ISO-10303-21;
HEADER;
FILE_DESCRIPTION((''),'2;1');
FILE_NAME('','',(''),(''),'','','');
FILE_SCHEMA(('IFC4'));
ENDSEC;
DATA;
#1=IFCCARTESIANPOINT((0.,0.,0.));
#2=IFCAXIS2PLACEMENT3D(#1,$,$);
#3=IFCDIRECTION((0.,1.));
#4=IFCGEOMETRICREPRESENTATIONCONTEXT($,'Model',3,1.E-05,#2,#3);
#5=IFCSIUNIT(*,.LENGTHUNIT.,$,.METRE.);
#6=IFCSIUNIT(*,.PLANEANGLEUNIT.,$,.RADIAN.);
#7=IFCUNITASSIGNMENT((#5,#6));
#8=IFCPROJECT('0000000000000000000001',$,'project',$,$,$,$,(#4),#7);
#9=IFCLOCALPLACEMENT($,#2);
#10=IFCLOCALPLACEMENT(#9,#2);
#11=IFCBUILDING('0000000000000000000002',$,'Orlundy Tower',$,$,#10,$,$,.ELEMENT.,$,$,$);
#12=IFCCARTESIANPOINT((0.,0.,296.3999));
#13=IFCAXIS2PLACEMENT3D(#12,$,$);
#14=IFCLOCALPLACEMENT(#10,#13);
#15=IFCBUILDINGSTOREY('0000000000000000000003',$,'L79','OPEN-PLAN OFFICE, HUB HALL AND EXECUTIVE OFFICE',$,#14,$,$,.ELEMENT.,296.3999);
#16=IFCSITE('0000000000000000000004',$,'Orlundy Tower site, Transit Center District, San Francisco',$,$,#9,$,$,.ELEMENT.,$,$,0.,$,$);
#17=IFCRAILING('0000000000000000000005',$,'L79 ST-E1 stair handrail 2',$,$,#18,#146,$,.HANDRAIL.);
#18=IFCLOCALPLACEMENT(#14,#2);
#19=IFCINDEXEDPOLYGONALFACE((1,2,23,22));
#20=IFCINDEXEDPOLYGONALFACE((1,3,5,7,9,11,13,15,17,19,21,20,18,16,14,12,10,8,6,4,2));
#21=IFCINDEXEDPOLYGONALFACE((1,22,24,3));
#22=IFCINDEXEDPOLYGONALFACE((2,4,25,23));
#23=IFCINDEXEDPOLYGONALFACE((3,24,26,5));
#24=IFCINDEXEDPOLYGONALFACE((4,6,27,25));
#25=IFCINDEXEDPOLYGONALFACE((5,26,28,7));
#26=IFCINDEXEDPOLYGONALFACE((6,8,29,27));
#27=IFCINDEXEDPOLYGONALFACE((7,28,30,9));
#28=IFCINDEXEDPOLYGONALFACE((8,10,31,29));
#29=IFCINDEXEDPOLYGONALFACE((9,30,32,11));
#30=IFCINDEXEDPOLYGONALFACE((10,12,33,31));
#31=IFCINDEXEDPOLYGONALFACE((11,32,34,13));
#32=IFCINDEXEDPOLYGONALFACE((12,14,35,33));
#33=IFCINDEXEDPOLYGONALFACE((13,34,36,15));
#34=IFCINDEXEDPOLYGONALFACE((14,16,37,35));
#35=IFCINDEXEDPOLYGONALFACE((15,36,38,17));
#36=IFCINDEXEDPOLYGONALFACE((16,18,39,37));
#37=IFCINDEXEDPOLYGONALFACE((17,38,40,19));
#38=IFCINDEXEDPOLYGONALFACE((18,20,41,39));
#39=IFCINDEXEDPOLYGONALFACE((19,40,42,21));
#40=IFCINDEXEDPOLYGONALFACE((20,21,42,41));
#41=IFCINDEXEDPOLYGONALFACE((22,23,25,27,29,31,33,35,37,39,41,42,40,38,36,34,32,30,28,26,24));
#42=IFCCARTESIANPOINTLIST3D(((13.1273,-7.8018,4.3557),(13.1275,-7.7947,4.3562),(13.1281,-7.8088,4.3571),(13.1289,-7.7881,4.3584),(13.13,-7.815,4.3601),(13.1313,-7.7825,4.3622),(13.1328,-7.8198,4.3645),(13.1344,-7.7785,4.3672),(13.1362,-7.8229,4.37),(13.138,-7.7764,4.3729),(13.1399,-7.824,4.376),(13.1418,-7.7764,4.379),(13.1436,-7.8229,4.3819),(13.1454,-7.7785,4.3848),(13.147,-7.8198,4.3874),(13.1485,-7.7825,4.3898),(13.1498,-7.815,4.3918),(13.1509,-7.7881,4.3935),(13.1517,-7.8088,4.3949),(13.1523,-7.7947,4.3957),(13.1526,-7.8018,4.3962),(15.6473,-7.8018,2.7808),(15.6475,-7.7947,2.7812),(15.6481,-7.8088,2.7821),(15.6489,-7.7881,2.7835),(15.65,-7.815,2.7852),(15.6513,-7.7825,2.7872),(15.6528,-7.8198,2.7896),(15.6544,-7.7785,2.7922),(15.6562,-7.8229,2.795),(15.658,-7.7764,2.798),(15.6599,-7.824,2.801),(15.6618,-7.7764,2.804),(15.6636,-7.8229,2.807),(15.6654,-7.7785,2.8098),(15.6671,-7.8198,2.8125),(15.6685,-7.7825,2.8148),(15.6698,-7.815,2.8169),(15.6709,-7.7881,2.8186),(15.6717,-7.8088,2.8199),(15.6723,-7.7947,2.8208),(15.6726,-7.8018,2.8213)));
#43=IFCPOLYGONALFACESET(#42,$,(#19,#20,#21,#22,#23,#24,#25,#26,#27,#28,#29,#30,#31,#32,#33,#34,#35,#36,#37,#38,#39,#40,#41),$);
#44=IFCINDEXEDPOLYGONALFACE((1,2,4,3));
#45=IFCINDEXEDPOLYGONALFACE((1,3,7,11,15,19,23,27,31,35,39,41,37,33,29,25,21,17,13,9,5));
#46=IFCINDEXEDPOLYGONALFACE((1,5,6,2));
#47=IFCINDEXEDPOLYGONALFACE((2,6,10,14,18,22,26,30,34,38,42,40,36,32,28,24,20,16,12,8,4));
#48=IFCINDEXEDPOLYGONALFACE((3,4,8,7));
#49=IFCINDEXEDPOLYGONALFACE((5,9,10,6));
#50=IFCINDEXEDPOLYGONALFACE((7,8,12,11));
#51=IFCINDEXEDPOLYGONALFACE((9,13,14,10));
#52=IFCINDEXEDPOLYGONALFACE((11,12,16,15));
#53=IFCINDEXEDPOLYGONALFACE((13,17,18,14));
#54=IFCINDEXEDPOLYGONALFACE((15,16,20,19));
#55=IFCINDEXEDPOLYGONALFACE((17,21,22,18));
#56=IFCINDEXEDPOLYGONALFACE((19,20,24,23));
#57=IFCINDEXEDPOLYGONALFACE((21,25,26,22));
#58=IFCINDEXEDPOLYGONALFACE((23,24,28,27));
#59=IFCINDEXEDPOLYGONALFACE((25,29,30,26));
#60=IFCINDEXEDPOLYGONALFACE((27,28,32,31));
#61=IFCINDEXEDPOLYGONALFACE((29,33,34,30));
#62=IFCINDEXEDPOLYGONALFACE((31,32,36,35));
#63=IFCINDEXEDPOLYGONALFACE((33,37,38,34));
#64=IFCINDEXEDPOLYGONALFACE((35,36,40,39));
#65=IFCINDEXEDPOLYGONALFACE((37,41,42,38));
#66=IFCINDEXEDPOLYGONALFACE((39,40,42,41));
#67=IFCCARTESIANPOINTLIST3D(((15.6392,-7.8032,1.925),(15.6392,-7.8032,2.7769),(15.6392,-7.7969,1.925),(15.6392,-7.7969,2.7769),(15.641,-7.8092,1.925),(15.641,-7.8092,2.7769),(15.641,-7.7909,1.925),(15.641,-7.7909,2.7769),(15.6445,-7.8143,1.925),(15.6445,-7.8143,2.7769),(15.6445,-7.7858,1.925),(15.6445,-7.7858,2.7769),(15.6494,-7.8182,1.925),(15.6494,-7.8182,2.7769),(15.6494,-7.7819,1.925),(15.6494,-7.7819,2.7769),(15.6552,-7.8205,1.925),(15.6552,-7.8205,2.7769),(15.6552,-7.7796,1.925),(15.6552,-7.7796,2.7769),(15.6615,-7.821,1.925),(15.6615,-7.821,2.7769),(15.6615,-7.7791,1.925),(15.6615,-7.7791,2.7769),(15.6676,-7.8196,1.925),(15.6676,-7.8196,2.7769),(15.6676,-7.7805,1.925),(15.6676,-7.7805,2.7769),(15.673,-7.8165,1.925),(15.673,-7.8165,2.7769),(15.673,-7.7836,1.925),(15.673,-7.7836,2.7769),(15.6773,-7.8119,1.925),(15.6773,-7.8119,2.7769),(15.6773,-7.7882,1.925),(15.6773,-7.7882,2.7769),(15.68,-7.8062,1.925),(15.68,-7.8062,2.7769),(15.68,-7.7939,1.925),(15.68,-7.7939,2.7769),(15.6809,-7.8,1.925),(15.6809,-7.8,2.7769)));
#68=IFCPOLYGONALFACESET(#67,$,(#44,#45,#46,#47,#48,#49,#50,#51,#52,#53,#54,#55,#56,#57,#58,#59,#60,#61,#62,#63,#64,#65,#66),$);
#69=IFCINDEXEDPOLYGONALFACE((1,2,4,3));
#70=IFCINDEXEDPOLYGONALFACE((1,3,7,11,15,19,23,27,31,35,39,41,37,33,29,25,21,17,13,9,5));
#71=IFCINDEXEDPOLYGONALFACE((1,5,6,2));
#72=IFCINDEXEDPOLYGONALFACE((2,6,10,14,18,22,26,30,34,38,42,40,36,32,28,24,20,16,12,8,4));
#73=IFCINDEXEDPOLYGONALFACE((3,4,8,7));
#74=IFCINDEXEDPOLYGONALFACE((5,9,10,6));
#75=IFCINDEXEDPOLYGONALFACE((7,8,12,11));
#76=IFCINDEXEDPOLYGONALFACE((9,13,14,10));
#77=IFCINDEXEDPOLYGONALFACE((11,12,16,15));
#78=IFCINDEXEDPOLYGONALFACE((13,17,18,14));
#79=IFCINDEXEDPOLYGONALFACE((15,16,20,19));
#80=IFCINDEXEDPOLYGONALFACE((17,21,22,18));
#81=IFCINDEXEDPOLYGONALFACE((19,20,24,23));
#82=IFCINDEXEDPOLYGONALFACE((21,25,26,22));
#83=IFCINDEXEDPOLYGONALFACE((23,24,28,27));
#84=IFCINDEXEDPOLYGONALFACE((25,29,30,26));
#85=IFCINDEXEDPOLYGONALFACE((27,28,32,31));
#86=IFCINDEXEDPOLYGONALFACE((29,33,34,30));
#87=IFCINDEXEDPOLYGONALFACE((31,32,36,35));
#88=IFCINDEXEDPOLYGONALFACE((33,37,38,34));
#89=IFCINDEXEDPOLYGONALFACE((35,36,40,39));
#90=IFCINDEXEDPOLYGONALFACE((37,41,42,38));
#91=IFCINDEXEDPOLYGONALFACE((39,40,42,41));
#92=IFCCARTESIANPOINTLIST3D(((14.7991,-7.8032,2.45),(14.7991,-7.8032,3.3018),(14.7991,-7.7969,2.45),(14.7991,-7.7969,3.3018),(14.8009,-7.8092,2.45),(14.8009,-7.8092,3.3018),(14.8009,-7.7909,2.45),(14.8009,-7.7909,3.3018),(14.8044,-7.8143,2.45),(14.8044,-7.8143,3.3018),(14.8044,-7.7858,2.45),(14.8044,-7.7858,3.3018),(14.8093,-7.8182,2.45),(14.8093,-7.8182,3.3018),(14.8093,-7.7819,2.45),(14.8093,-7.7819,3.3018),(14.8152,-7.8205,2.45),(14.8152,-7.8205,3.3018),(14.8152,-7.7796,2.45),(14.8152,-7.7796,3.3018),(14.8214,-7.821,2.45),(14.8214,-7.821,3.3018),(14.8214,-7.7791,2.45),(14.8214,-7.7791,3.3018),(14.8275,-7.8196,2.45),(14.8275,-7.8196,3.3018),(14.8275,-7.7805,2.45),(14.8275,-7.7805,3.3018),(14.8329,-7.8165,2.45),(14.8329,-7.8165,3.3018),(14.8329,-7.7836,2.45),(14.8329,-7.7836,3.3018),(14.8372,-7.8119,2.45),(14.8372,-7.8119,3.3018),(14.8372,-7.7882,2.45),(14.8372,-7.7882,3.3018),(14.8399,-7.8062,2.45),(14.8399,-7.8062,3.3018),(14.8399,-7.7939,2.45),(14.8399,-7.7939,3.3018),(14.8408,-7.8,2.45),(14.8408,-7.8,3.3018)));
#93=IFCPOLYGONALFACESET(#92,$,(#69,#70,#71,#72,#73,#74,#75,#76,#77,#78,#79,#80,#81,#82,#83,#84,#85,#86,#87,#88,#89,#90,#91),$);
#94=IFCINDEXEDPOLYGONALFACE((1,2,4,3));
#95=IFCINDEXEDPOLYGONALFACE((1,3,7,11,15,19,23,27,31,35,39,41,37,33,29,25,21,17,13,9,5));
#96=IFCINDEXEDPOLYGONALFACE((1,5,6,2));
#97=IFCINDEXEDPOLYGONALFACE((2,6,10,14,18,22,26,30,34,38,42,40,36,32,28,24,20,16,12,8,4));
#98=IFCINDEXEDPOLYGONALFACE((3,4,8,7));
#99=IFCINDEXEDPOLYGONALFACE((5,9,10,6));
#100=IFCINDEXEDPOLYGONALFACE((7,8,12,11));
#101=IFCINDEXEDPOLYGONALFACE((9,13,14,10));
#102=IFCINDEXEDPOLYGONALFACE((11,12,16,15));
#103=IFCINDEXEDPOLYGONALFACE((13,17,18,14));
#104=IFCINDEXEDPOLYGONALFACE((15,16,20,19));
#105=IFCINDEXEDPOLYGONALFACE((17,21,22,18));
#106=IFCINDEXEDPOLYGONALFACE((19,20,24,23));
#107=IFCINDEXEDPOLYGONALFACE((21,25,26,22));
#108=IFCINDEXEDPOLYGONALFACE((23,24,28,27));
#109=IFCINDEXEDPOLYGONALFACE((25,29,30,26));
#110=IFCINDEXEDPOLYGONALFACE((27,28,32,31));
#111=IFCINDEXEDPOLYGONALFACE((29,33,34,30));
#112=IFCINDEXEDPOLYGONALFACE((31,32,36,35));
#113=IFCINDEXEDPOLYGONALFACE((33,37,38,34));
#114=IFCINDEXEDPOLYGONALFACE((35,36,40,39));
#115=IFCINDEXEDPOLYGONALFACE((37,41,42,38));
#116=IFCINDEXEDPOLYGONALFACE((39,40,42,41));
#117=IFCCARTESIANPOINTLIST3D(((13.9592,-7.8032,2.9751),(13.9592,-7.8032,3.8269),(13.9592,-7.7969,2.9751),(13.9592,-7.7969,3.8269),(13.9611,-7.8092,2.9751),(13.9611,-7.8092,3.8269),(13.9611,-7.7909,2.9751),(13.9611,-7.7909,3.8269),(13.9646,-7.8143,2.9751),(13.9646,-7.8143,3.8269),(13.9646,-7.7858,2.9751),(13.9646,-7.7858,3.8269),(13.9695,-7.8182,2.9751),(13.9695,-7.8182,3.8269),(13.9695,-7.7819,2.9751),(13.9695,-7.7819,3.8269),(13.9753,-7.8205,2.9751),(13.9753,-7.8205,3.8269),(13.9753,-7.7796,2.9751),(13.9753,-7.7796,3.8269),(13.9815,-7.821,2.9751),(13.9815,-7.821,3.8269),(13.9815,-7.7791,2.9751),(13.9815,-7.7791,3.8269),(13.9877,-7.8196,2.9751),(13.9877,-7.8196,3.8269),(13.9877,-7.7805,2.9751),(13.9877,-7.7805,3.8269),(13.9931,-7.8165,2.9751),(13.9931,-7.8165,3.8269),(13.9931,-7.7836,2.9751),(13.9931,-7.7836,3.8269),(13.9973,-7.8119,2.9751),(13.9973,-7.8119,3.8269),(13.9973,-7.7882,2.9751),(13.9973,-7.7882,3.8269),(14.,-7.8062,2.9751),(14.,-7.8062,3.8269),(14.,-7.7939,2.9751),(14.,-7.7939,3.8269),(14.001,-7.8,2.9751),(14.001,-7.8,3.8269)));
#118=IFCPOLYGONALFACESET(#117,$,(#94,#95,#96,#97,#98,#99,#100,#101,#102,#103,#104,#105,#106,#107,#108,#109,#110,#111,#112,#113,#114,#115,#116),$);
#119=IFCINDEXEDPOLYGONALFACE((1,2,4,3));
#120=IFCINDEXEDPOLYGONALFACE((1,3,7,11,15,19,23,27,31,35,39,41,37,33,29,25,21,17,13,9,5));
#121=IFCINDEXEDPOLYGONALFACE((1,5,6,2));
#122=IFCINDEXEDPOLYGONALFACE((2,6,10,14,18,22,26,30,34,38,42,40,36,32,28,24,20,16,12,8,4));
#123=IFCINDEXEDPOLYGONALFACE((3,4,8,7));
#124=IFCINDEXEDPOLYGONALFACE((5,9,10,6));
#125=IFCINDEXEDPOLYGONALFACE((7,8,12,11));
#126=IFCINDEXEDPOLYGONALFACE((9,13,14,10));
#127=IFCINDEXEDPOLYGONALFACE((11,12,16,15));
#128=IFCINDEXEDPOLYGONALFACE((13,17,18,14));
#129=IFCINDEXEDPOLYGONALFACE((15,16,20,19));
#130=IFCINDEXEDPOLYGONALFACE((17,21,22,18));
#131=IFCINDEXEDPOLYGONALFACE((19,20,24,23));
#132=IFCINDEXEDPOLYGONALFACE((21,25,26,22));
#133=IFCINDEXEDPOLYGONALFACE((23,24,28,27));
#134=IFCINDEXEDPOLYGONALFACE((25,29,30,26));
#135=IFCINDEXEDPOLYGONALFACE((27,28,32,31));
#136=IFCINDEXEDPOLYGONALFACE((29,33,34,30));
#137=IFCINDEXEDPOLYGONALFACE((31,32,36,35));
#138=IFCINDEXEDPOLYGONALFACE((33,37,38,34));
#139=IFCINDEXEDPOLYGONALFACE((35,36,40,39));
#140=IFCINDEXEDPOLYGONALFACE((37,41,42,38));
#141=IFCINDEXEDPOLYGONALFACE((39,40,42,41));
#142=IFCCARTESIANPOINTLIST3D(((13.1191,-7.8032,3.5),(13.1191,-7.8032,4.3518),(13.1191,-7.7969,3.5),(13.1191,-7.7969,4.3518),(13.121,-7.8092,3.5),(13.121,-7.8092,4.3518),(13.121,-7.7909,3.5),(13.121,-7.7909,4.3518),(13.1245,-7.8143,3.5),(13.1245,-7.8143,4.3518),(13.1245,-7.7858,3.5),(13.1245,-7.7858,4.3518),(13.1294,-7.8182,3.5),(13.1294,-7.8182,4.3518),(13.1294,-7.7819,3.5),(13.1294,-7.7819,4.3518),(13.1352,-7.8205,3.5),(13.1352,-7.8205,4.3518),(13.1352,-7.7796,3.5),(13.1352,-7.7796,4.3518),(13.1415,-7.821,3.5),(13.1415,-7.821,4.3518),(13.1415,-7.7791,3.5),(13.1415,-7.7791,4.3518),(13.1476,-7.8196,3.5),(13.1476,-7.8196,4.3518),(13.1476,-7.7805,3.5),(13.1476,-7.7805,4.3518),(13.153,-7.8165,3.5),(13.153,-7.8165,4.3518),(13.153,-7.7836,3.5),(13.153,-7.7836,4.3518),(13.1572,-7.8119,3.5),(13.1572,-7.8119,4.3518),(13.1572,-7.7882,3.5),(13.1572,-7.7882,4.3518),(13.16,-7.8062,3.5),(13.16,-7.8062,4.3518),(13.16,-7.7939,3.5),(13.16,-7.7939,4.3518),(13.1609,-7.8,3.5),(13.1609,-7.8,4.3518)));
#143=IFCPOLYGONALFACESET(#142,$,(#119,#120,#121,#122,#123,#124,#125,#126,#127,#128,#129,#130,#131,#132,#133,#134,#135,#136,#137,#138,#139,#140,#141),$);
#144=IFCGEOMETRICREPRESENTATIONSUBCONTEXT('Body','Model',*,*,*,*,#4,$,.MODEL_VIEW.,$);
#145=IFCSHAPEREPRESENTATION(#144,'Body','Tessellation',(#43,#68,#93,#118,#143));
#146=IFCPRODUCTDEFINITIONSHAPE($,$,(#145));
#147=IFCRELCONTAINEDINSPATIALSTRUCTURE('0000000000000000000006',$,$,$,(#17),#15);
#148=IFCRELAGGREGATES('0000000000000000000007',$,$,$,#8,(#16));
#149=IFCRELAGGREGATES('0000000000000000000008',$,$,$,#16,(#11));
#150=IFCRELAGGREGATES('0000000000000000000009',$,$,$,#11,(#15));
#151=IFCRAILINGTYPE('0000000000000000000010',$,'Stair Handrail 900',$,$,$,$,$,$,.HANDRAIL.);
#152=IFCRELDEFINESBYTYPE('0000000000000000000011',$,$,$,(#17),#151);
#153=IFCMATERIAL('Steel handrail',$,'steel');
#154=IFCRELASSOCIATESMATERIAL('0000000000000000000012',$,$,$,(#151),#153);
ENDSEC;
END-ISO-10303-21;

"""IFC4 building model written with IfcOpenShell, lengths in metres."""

from ifc_helpers import new_model, si_unit, direction, frame, origin, origin_2d, place, context, subcontext, project, spatial, circle, extrude, material, type_object, element, save


model = new_model("IFC4")

# Units and contexts
model_context = context("Model", 3, precision=1e-05, world=origin(), true_north=direction((0.0, 1.0)))
body_context = subcontext(model_context, "Body", "Model", "MODEL_VIEW")
ifc_project = project(units=[si_unit("LENGTHUNIT", "METRE"), si_unit("PLANEANGLEUNIT", "RADIAN")], contexts=[model_context])

# Site, building, storey
site_placement = place(None, origin())
site = spatial("IfcSite", under=ifc_project, at=site_placement, Name="Orlundy Tower site, Transit Center District, San Francisco", CompositionType="ELEMENT", RefElevation=0.0)
building_placement = place(site_placement, origin())
building = spatial("IfcBuilding", under=site, at=building_placement, Name="Orlundy Tower", CompositionType="ELEMENT")
storey_placement = place(building_placement, frame((0.0, 0.0, 296.3999)))
storey = spatial("IfcBuildingStorey", under=building, at=storey_placement, Name="L79", Description="OPEN-PLAN OFFICE, HUB HALL AND EXECUTIVE OFFICE", CompositionType="ELEMENT", Elevation=296.3999)

# Railing
ifc_material_1 = material(Name="Steel handrail", Category="steel")
railing_type_1 = type_object("IfcRailingType", Name="Stair Handrail 900", PredefinedType="HANDRAIL", material=ifc_material_1)
railing_1_placement = place(storey_placement, frame((15.6599, -7.8, 1.925)))
element("IfcRailing", 1, at=railing_1_placement, inside=storey, type_object=railing_type_1, Name="L79 ST-E1 stair handrail 2", PredefinedType="HANDRAIL", context=body_context, shape_type="SweptSolid", body=[
    extrude(circle(Radius=0.0239, at=origin_2d()), frame((0.0, 0.0, 0.876), z_axis=(-0.848008, 0.0, 0.529984), x_axis=(0.0, -1.0, 0.0)), (0.0, 0.0, 1.0), 2.9717),
    extrude(circle(Radius=0.021, at=origin_2d()), origin(), (0.0, 0.0, 1.0), 0.8518),
    extrude(circle(Radius=0.021, at=origin_2d()), frame((-0.8401, 0.0, 0.5249)), (0.0, 0.0, 1.0), 0.8518),
    extrude(circle(Radius=0.021, at=origin_2d()), frame((-1.6799, 0.0, 1.05)), (0.0, 0.0, 1.0), 0.8518),
    extrude(circle(Radius=0.021, at=origin_2d()), frame((-2.52, 0.0, 1.575)), (0.0, 0.0, 1.0), 0.8518),
])

save(model, "model.ifc")
